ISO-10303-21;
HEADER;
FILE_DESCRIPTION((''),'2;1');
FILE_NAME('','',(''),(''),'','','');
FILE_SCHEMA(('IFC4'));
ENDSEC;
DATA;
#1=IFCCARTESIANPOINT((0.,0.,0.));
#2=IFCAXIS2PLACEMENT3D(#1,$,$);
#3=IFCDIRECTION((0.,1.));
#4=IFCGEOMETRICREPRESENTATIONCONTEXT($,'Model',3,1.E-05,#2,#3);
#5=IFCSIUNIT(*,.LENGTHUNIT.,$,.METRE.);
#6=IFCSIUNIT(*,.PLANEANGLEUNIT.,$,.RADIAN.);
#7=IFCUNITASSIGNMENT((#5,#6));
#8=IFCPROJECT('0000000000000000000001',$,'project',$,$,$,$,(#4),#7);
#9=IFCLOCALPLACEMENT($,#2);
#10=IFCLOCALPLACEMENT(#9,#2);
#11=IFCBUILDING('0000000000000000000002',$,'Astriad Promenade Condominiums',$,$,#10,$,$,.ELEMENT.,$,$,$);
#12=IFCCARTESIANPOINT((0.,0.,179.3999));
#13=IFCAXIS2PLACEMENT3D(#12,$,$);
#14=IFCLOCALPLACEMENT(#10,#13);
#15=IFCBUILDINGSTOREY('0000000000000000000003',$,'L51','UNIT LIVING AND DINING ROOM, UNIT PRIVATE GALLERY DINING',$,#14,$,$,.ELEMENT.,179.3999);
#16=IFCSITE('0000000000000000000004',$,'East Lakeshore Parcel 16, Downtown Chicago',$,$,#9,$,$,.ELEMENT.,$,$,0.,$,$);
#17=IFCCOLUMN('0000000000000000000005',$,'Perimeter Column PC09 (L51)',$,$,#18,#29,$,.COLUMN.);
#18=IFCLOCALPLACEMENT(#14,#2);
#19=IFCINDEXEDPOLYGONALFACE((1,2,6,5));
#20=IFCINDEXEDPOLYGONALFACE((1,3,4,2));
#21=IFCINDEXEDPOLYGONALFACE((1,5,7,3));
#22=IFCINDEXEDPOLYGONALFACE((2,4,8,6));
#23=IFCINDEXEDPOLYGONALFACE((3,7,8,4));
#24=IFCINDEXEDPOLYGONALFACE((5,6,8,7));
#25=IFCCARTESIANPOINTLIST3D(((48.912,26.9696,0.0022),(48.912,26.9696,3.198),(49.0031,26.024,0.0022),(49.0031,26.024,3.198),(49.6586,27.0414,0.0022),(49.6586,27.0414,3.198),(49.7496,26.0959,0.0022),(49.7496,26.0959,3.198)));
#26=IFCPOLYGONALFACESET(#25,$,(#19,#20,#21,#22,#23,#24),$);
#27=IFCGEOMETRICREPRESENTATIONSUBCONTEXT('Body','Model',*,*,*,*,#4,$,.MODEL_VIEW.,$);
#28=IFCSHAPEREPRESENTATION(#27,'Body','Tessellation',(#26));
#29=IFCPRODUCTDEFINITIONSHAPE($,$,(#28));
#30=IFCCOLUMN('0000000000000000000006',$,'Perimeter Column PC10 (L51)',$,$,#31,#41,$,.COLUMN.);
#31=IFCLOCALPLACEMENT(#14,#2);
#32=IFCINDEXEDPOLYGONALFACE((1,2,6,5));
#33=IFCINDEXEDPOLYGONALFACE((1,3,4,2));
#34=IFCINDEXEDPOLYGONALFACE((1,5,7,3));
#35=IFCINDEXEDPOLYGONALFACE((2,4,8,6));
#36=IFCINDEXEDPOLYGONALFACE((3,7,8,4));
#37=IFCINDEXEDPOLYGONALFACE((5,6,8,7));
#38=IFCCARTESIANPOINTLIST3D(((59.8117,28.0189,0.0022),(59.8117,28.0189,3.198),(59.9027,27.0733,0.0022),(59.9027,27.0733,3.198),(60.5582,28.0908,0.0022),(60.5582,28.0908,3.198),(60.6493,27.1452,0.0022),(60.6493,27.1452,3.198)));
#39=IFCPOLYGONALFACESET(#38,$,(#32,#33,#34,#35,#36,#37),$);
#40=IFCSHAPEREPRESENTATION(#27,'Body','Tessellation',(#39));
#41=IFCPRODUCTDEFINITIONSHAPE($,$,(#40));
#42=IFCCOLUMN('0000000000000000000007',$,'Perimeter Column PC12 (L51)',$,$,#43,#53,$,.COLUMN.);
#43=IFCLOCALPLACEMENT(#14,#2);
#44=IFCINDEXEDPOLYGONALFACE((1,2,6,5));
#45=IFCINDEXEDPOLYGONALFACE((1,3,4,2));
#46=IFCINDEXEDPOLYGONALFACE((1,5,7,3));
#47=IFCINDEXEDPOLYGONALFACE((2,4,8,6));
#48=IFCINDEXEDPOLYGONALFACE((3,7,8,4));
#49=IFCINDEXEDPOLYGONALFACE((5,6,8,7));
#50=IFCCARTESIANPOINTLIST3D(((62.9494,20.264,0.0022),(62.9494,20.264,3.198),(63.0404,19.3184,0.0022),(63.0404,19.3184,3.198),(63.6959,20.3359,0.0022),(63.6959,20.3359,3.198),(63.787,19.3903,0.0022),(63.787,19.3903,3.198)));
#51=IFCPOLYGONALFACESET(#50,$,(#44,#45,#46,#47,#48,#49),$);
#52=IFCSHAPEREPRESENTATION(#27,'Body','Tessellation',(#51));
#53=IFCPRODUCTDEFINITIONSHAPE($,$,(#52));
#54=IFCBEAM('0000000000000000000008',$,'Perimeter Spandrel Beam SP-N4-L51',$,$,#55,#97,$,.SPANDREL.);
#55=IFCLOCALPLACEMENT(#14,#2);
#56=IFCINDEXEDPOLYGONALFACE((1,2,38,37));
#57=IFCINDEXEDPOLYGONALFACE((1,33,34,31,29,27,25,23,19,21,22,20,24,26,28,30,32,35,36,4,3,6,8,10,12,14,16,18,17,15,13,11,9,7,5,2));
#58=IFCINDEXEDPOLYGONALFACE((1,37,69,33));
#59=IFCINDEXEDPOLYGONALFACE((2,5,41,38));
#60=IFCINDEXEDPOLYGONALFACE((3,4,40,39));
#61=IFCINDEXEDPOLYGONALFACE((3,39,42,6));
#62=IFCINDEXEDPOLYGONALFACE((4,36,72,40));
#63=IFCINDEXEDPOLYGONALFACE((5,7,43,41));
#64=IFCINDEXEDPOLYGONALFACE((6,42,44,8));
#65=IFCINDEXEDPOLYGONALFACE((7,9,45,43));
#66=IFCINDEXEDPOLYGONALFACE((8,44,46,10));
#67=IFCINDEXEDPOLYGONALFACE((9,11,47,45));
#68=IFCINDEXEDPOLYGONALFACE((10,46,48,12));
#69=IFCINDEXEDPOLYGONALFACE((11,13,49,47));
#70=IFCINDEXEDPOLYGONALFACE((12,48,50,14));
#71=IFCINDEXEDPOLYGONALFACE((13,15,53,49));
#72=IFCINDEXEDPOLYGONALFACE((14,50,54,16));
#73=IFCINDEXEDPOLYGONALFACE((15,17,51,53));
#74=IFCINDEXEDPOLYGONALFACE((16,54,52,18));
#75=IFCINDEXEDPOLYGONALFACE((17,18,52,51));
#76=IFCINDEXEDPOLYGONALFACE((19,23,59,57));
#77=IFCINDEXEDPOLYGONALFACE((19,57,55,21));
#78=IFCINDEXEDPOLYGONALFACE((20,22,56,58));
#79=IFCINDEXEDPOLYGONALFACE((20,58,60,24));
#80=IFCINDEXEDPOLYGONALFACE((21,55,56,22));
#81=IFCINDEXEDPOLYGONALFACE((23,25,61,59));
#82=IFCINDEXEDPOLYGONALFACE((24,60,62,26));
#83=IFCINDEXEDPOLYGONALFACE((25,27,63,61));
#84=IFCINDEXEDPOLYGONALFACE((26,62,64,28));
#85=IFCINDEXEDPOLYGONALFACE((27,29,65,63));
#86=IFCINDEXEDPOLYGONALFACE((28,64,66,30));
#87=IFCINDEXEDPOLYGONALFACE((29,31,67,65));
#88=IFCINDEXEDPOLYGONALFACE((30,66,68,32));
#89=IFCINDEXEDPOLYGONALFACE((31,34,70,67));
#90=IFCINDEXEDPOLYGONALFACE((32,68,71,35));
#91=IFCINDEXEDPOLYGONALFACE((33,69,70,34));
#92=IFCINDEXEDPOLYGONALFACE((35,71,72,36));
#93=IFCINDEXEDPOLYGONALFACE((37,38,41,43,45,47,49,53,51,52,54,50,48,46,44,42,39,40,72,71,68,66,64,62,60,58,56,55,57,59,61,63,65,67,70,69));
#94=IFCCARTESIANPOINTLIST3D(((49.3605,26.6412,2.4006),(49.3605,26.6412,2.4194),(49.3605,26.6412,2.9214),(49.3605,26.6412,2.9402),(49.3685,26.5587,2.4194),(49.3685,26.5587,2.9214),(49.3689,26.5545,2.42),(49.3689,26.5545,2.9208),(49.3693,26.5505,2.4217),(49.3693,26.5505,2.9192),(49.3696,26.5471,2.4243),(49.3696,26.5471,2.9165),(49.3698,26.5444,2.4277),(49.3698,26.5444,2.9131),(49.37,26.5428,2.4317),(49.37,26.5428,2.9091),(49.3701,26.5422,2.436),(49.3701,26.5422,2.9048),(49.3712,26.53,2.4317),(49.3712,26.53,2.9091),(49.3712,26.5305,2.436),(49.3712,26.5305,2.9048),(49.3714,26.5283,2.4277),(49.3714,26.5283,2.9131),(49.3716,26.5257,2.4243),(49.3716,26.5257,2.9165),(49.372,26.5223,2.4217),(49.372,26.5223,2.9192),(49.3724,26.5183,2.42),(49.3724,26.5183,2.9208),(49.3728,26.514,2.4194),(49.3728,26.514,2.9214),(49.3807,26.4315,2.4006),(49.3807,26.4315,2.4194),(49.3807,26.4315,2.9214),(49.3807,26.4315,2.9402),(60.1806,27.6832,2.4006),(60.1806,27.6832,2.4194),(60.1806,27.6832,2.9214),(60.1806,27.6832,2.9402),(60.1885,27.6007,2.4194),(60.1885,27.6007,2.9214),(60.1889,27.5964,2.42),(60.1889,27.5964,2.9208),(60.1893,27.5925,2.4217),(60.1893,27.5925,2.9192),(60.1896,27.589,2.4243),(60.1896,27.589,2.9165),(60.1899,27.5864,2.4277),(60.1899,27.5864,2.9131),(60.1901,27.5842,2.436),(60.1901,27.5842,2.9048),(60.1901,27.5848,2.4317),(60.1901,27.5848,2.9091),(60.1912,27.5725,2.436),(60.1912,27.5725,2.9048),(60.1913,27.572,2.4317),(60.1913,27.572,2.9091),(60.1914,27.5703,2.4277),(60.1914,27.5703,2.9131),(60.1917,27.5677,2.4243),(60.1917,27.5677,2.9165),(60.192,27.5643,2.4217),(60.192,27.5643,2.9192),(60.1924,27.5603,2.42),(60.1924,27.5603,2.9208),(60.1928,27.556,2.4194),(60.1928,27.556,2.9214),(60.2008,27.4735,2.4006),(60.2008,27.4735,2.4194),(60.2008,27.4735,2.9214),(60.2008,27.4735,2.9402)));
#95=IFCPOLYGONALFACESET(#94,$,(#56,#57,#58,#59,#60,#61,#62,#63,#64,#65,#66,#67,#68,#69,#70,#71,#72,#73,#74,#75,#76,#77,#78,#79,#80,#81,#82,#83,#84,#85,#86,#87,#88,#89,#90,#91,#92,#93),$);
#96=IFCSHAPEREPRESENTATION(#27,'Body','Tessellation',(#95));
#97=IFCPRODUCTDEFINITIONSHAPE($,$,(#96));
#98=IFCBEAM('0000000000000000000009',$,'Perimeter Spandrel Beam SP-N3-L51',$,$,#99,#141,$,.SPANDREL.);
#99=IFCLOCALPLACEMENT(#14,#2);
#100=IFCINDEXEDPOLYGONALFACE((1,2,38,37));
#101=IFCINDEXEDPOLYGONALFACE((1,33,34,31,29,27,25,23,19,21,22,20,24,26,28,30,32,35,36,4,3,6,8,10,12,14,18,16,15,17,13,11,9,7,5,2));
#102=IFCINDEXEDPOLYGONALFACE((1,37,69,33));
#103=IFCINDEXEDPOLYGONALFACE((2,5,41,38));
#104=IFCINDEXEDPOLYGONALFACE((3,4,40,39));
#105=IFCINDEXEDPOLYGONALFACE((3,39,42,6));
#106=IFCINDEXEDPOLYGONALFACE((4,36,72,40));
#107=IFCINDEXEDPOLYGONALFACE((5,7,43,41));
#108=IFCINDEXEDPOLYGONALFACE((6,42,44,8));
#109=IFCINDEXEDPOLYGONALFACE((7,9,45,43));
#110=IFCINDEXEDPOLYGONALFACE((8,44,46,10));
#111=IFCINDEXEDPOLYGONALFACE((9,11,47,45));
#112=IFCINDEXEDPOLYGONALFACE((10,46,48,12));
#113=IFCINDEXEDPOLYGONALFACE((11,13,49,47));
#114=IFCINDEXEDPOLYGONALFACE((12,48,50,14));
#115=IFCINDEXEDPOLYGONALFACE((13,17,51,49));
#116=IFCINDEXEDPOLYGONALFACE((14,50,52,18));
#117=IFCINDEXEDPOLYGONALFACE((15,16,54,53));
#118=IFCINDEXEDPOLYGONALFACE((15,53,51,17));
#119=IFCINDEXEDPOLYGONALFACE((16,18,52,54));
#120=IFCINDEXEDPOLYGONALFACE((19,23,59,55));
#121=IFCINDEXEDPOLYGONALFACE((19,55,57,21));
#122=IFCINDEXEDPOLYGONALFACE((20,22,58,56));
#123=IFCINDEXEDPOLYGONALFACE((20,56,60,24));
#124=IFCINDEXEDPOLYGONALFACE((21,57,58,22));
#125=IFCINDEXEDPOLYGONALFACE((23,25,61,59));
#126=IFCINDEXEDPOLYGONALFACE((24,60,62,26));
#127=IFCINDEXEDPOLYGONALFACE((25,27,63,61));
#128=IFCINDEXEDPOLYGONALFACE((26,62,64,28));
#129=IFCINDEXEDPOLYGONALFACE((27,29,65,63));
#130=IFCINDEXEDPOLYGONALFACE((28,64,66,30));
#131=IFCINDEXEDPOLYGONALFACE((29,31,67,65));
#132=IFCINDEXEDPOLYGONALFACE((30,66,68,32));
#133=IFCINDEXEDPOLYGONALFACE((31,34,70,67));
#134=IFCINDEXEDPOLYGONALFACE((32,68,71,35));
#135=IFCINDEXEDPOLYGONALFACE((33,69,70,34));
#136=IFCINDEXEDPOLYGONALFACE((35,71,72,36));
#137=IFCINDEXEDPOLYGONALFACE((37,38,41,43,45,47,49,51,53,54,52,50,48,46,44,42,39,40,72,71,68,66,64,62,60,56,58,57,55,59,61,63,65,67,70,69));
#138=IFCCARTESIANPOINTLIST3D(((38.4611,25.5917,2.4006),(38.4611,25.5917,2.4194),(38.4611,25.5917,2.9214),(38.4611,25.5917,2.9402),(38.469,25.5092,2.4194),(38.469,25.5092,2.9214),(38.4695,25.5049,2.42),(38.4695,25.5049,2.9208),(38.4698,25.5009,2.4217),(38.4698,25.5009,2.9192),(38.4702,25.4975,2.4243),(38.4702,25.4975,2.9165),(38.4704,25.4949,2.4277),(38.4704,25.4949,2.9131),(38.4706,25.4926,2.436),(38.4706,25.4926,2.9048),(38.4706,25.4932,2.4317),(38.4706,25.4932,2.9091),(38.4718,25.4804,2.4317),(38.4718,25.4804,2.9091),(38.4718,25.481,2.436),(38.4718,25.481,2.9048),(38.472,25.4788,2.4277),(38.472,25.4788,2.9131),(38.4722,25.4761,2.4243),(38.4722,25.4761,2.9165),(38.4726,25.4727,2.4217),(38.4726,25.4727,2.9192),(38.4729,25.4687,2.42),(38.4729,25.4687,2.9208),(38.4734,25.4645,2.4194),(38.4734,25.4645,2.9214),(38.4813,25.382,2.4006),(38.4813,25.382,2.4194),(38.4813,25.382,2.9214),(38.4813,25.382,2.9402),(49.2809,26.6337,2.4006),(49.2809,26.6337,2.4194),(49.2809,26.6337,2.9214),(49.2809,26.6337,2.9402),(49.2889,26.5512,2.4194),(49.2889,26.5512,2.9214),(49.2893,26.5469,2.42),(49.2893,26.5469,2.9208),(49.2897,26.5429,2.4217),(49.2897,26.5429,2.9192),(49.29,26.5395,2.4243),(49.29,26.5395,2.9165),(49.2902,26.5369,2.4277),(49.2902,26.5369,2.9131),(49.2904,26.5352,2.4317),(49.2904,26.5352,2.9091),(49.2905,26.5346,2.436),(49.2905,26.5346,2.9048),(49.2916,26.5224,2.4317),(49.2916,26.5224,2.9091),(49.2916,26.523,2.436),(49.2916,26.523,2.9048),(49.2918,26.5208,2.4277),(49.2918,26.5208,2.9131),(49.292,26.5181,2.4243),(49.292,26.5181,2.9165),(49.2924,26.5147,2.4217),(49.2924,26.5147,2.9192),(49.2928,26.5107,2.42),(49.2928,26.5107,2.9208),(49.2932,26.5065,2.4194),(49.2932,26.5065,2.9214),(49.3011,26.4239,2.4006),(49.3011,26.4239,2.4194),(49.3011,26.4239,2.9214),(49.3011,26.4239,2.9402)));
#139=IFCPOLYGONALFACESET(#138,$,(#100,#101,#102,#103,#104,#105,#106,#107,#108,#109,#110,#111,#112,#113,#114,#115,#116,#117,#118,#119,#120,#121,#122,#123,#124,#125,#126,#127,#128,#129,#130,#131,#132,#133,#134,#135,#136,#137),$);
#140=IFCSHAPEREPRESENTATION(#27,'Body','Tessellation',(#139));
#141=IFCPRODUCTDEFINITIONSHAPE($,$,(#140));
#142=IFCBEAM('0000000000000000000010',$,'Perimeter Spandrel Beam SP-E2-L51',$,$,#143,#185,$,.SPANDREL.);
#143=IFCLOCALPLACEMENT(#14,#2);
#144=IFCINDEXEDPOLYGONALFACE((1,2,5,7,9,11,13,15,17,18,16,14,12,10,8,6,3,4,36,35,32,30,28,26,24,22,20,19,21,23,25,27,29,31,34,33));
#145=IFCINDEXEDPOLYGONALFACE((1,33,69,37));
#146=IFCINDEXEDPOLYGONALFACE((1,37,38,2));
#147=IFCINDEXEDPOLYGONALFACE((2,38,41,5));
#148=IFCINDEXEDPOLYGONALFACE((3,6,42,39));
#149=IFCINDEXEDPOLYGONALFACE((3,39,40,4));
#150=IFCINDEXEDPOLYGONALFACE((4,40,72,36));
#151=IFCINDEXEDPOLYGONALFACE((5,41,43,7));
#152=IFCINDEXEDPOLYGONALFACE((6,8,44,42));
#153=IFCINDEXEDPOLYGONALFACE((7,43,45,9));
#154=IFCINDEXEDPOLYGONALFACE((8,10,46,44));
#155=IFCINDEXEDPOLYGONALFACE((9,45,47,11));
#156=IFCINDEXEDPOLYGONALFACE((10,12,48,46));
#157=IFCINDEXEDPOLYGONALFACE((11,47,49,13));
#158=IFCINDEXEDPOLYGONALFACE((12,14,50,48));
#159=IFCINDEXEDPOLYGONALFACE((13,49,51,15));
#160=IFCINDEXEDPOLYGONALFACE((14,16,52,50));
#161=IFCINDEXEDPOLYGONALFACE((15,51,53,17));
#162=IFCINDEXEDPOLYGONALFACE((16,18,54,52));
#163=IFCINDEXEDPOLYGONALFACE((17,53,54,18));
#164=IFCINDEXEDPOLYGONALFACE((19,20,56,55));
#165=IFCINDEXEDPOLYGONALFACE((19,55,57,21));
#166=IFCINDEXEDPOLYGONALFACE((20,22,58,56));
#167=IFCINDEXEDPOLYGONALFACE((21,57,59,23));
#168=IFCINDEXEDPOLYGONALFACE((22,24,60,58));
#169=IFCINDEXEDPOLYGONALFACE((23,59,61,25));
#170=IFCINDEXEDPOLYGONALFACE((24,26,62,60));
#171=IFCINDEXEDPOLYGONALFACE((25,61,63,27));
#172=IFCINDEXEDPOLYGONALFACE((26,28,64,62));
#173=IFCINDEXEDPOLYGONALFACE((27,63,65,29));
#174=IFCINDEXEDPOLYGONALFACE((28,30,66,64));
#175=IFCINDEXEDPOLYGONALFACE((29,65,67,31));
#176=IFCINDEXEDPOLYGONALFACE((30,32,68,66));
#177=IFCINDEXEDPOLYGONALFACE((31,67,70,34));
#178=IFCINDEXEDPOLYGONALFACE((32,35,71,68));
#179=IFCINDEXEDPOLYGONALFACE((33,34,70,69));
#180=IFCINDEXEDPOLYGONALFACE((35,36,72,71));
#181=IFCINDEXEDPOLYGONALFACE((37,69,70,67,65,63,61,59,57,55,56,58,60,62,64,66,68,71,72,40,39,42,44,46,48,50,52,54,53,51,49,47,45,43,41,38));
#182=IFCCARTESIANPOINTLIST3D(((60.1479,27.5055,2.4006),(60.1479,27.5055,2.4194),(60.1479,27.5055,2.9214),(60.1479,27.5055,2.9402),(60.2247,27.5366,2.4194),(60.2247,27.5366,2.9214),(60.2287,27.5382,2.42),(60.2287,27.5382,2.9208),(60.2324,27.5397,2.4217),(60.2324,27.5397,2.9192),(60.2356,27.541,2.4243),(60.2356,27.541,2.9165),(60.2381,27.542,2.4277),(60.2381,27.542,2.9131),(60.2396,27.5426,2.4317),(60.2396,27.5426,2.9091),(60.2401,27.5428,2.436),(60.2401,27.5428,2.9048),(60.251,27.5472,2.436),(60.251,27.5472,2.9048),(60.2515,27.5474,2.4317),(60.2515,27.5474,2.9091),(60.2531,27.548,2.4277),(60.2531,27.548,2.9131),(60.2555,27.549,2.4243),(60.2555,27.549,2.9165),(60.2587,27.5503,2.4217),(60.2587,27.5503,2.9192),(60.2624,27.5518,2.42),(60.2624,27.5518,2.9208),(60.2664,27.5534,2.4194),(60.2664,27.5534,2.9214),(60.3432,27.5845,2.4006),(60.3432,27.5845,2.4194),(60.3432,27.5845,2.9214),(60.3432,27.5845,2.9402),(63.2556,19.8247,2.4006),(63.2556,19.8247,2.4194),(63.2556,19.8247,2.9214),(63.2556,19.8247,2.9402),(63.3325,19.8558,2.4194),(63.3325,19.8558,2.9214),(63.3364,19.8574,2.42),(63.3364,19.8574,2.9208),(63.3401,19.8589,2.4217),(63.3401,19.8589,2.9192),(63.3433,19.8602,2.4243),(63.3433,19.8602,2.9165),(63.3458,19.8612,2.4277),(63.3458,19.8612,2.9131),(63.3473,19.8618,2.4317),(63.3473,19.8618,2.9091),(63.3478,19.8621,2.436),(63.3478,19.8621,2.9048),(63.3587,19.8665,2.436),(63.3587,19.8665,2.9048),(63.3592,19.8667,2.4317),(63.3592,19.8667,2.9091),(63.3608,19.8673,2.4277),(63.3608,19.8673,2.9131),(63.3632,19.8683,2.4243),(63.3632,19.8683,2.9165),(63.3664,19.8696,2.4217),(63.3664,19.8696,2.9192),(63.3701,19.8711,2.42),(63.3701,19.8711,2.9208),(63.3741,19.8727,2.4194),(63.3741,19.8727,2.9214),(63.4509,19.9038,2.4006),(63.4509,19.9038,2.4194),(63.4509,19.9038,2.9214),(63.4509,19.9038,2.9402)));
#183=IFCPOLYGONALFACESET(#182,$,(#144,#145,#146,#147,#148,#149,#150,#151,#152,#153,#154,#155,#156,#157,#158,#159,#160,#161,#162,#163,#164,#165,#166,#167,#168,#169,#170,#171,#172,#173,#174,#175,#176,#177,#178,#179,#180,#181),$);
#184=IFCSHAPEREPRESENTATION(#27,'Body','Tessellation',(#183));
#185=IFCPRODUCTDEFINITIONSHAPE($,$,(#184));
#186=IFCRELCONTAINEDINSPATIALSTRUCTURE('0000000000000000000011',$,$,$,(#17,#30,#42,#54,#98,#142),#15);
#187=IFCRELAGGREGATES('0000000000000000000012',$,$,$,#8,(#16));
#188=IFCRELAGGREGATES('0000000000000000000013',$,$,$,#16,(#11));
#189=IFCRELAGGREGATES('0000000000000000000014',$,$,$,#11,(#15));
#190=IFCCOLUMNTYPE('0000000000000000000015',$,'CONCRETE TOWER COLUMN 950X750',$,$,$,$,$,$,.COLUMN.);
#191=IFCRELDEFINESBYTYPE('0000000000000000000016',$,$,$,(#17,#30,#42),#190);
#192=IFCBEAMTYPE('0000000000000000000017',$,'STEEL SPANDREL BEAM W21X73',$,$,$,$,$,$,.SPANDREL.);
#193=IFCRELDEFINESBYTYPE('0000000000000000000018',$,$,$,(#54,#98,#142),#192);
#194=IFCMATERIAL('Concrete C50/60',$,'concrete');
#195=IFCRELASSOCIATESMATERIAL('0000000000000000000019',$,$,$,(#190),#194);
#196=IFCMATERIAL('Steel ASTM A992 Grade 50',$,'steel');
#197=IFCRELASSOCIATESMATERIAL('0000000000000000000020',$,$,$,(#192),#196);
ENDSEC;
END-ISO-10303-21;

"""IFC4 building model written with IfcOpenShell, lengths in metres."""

from ifc_helpers import new_model, si_unit, direction, frame, origin, origin_2d, place, context, subcontext, project, spatial, rectangle, i_section, extrude, source, transform, mapped, material, material_profile, profile_set, type_object, type_shapes, element, save


model = new_model("IFC4")

# Units and contexts
model_context = context("Model", 3, precision=1e-05, world=origin(), true_north=direction((0.0, 1.0)))
body_context = subcontext(model_context, "Body", "Model", "MODEL_VIEW")
ifc_project = project(units=[si_unit("LENGTHUNIT", "METRE"), si_unit("PLANEANGLEUNIT", "RADIAN")], contexts=[model_context])

# Site, building, storey
site_placement = place(None, origin())
site = spatial("IfcSite", under=ifc_project, at=site_placement, Name="East Lakeshore Parcel 16, Downtown Chicago", CompositionType="ELEMENT", RefElevation=0.0)
building_placement = place(site_placement, origin())
building = spatial("IfcBuilding", under=site, at=building_placement, Name="Astriad Promenade Condominiums", CompositionType="ELEMENT")
storey_placement = place(building_placement, frame((0.0, 0.0, 179.3999)))
storey = spatial("IfcBuildingStorey", under=building, at=storey_placement, Name="L51", Description="UNIT LIVING AND DINING ROOM, UNIT PRIVATE GALLERY DINING", CompositionType="ELEMENT", Elevation=179.3999)

# Columns
ifc_material_1 = material(Name="Concrete C50/60", Category="concrete")
ifc_material_profile_1 = material_profile(ifc_material_1, rectangle(XDim=0.75, YDim=0.95, at=origin_2d()), Name="RC-COL-950X750")
ifc_profile_set_1 = profile_set([ifc_material_profile_1], Name="Concrete C50/60")
column_type = type_object("IfcColumnType", Name="CONCRETE TOWER COLUMN 950X750", PredefinedType="COLUMN", material=ifc_profile_set_1)
shared_shape_1 = source(origin(), body_context, "Body", "SweptSolid", [
    extrude(rectangle(XDim=0.75, YDim=0.95, at=origin_2d()), origin(), (0.0, 0.0, 1.0), 3.1958),
])
type_shapes(column_type, [shared_shape_1])
for number, where, z_axis, x_axis, name in (
    (1, (49.3308, 26.5327, 0.0022), (0.0, 0.0, 1.0), (0.995396, 0.095846, 0.0), "Perimeter Column PC09 (L51)"),
    (2, (60.2305, 27.582, 0.0022), (0.0, 0.0, 1.0), (0.995396, 0.095846, 0.0), "Perimeter Column PC10 (L51)"),
    (3, (63.3682, 19.8271, 0.0022), (0.0, 0.0, 1.0), (0.995396, 0.095846, 0.0), "Perimeter Column PC12 (L51)"),
):
    element("IfcColumn", number, at=place(storey_placement, frame(where, z_axis=z_axis, x_axis=x_axis)), inside=storey, type_object=column_type, Name=name, PredefinedType="COLUMN", context=body_context, shape_type="MappedRepresentation", body=[
        mapped(shared_shape_1, transform((0.0, 0.0, 0.0), scale=1.0)),
    ])

# Beams
ifc_material_2 = material(Name="Steel ASTM A992 Grade 50", Category="steel")
ifc_material_profile_2 = material_profile(ifc_material_2, i_section(OverallWidth=0.2107, OverallDepth=0.5396, WebThickness=0.0117, FlangeThickness=0.0188, FilletRadius=0.0166, at=origin_2d()), Name="W21X73")
ifc_profile_set_2 = profile_set([ifc_material_profile_2], Name="Steel ASTM A992 Grade 50")
beam_type_1 = type_object("IfcBeamType", Name="STEEL SPANDREL BEAM W21X73", PredefinedType="SPANDREL", material=ifc_profile_set_2)
shared_shape_2 = source(origin(), body_context, "Body", "SweptSolid", [
    extrude(i_section(OverallWidth=0.2107, OverallDepth=0.5396, WebThickness=0.0117, FlangeThickness=0.0188, FilletRadius=0.0166, at=origin_2d()), origin(), (0.0, 0.0, 1.0), 10.8701),
])
beam_1_placement = place(storey_placement, frame((60.1907, 27.5784, 2.6704), z_axis=(-0.995395, -0.095858, 0.0), x_axis=(0.095858, -0.995395, 0.0)))
element("IfcBeam", 4, at=beam_1_placement, inside=storey, type_object=beam_type_1, Name="Perimeter Spandrel Beam SP-N4-L51", PredefinedType="SPANDREL", context=body_context, shape_type="MappedRepresentation", body=[
    mapped(shared_shape_2, transform((0.0, 0.0, 0.0), scale=1.0)),
])
shared_shape_3 = source(origin(), body_context, "Body", "SweptSolid", [
    extrude(i_section(OverallWidth=0.2107, OverallDepth=0.5396, WebThickness=0.0117, FlangeThickness=0.0188, FilletRadius=0.0166, at=origin_2d()), origin(), (0.0, 0.0, 1.0), 10.8699),
])
beam_2_placement = place(storey_placement, frame((49.291, 26.5288, 2.6704), z_axis=(-0.995395, -0.09586, 0.0), x_axis=(0.09586, -0.995395, 0.0)))
element("IfcBeam", 5, at=beam_2_placement, inside=storey, type_object=beam_type_1, Name="Perimeter Spandrel Beam SP-N3-L51", PredefinedType="SPANDREL", context=body_context, shape_type="MappedRepresentation", body=[
    mapped(shared_shape_3, transform((0.0, 0.0, 0.0), scale=1.0)),
])
shared_shape_4 = source(origin(), body_context, "Body", "SweptSolid", [
    extrude(i_section(OverallWidth=0.2107, OverallDepth=0.5396, WebThickness=0.0117, FlangeThickness=0.0188, FilletRadius=0.0166, at=origin_2d()), origin(), (0.0, 0.0, 1.0), 8.2856),
])
type_shapes(beam_type_1, [shared_shape_2, shared_shape_3, shared_shape_4])
beam_3_placement = place(storey_placement, frame((63.3533, 19.8643, 2.6704), z_axis=(-0.375071, 0.926996, 0.0), x_axis=(-0.926996, -0.375071, 0.0)))
element("IfcBeam", 6, at=beam_3_placement, inside=storey, type_object=beam_type_1, Name="Perimeter Spandrel Beam SP-E2-L51", PredefinedType="SPANDREL", context=body_context, shape_type="MappedRepresentation", body=[
    mapped(shared_shape_4, transform((0.0, 0.0, 0.0), scale=1.0)),
])

save(model, "model.ifc")
